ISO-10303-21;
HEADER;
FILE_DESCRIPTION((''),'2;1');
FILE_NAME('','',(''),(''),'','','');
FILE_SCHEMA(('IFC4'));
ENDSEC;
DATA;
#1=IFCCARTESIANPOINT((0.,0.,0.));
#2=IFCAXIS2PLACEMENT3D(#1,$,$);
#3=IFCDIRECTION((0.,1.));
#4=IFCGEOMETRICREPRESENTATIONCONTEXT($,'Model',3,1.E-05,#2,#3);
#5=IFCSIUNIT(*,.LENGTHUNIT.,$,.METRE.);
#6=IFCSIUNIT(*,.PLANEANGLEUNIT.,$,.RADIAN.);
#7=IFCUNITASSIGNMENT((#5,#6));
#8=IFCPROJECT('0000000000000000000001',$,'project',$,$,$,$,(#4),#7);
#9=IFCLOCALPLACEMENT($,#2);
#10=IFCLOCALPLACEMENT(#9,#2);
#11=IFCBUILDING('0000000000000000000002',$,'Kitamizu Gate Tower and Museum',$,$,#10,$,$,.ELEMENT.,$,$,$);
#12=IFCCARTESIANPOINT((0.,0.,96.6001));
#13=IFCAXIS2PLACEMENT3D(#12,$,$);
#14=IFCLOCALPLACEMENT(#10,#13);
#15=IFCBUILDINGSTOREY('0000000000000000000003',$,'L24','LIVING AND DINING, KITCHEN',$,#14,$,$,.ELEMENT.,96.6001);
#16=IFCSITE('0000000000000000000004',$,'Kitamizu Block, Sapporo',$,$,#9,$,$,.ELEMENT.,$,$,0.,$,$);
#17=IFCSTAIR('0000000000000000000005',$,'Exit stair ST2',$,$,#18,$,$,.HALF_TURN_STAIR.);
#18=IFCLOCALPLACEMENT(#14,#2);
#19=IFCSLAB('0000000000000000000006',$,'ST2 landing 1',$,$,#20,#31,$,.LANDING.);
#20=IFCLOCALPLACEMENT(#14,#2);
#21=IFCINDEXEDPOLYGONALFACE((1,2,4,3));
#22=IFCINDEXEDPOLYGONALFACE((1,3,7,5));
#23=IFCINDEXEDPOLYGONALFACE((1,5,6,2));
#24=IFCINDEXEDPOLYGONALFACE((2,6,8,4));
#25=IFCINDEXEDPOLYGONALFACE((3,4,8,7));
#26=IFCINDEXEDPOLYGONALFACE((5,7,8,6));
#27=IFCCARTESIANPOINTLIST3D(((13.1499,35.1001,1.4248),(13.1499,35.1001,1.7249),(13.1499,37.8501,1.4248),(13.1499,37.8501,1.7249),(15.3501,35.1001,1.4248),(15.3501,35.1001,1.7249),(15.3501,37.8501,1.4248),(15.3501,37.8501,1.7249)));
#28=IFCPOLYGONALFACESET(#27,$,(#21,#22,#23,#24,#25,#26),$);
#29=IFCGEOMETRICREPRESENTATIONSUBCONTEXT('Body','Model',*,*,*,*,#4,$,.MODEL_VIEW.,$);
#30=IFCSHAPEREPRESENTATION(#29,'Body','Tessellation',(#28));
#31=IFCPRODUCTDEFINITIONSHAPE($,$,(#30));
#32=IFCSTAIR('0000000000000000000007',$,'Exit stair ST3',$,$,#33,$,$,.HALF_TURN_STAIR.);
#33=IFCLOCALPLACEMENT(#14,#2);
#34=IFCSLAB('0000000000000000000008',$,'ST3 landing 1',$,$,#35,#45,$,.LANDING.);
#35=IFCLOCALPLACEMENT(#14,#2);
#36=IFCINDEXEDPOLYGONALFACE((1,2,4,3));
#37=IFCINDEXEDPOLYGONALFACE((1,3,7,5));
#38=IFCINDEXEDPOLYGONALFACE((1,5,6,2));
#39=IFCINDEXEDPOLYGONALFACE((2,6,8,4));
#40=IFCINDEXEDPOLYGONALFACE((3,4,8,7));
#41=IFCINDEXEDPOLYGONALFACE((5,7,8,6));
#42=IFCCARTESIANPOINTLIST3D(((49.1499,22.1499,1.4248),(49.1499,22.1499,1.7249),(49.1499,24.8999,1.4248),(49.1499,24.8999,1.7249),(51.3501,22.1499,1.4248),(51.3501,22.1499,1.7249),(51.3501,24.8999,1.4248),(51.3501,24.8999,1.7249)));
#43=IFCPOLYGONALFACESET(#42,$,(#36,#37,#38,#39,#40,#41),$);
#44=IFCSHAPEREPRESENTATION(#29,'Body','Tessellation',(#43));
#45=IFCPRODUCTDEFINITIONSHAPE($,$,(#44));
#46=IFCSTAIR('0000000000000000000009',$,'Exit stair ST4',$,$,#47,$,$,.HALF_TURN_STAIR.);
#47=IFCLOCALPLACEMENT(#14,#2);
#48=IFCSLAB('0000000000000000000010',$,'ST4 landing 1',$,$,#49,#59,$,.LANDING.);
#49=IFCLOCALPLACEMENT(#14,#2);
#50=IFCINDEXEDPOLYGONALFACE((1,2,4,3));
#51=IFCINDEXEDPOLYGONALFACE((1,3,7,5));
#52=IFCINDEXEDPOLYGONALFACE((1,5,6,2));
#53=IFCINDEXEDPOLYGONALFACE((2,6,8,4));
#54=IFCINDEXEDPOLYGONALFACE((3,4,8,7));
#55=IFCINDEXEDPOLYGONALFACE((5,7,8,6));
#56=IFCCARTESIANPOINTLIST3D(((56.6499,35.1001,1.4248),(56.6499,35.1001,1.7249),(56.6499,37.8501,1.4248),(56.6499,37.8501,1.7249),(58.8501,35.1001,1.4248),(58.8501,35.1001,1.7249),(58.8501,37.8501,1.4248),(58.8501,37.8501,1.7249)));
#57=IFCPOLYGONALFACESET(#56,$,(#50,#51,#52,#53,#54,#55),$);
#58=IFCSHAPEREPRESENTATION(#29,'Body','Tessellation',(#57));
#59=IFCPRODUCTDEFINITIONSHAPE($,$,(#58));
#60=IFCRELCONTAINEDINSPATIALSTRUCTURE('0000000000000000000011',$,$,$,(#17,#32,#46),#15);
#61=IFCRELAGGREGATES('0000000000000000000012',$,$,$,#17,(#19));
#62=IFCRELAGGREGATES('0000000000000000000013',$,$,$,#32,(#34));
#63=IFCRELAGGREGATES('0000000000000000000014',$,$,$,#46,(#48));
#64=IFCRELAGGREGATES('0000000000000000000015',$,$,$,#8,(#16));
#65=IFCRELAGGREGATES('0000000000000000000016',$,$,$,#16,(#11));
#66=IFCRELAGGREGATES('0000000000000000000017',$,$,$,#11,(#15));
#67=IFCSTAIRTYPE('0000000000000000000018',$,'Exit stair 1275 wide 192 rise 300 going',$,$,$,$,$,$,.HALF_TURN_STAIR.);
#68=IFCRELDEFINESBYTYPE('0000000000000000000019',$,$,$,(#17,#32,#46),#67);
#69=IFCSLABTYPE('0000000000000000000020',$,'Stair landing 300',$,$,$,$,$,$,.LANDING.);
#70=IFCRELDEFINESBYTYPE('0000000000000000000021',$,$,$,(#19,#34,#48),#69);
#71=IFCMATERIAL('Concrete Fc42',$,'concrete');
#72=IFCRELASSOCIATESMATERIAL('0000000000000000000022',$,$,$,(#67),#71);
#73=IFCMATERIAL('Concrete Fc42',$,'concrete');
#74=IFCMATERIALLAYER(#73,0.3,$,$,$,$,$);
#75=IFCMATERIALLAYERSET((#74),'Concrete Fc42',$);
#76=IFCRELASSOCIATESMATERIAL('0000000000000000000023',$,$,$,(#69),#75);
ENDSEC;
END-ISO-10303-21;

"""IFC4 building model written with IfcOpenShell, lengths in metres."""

from ifc_helpers import new_model, si_unit, direction, frame, origin, place, context, subcontext, project, spatial, polyline, outline, extrude, material, layer, layer_set, type_object, element, aggregate, save


model = new_model("IFC4")

# Units and contexts
model_context = context("Model", 3, precision=1e-05, world=origin(), true_north=direction((0.0, 1.0)))
body_context = subcontext(model_context, "Body", "Model", "MODEL_VIEW")
ifc_project = project(units=[si_unit("LENGTHUNIT", "METRE"), si_unit("PLANEANGLEUNIT", "RADIAN")], contexts=[model_context])

# Site, building, storey
site_placement = place(None, origin())
site = spatial("IfcSite", under=ifc_project, at=site_placement, Name="Kitamizu Block, Sapporo", CompositionType="ELEMENT", RefElevation=0.0)
building_placement = place(site_placement, origin())
building = spatial("IfcBuilding", under=site, at=building_placement, Name="Kitamizu Gate Tower and Museum", CompositionType="ELEMENT")
storey_placement = place(building_placement, frame((0.0, 0.0, 96.6001)))
storey = spatial("IfcBuildingStorey", under=building, at=storey_placement, Name="L24", Description="LIVING AND DINING, KITCHEN", CompositionType="ELEMENT", Elevation=96.6001)

# Stairs, slabs
ifc_material_1 = material(Name="Concrete Fc42", Category="concrete")
stair_type = type_object("IfcStairType", Name="Exit stair 1275 wide 192 rise 300 going", PredefinedType="HALF_TURN_STAIR", material=ifc_material_1)
ifc_material_2 = material(Name="Concrete Fc42", Category="concrete")
ifc_layer_1 = layer(ifc_material_2, 0.3)
ifc_layer_set_1 = layer_set([ifc_layer_1], Name="Concrete Fc42")
slab_type_1 = type_object("IfcSlabType", Name="Stair landing 300", PredefinedType="LANDING", material=ifc_layer_set_1)
stair_1_placement = place(storey_placement, origin())
stair_1 = element("IfcStair", 1, at=stair_1_placement, inside=storey, type_object=stair_type, Name="Exit stair ST2", PredefinedType="HALF_TURN_STAIR")
slab_1_placement = place(storey_placement, frame((0.0, 0.0, 1.4248)))
slab_1 = element("IfcSlab", 2, at=slab_1_placement, type_object=slab_type_1, Name="ST2 landing 1", PredefinedType="LANDING", context=body_context, shape_type="SweptSolid", body=[
    extrude(outline(polyline([(13.1499, 35.1001), (15.3501, 35.1001), (15.3501, 37.8501), (13.1499, 37.8501), (13.1499, 35.1001)])), origin(), (0.0, 0.0, 1.0), 0.3),
])
aggregate(stair_1, [slab_1])
stair_2_placement = place(storey_placement, origin())
stair_2 = element("IfcStair", 3, at=stair_2_placement, inside=storey, type_object=stair_type, Name="Exit stair ST3", PredefinedType="HALF_TURN_STAIR")
slab_2_placement = place(storey_placement, frame((0.0, 0.0, 1.4248)))
slab_2 = element("IfcSlab", 4, at=slab_2_placement, type_object=slab_type_1, Name="ST3 landing 1", PredefinedType="LANDING", context=body_context, shape_type="SweptSolid", body=[
    extrude(outline(polyline([(49.1499, 22.1499), (51.3501, 22.1499), (51.3501, 24.8999), (49.1499, 24.8999), (49.1499, 22.1499)])), origin(), (0.0, 0.0, 1.0), 0.3),
])
aggregate(stair_2, [slab_2])
stair_3_placement = place(storey_placement, origin())
stair_3 = element("IfcStair", 5, at=stair_3_placement, inside=storey, type_object=stair_type, Name="Exit stair ST4", PredefinedType="HALF_TURN_STAIR")
slab_3_placement = place(storey_placement, frame((0.0, 0.0, 1.4248)))
slab_3 = element("IfcSlab", 6, at=slab_3_placement, type_object=slab_type_1, Name="ST4 landing 1", PredefinedType="LANDING", context=body_context, shape_type="SweptSolid", body=[
    extrude(outline(polyline([(56.6499, 35.1001), (58.8501, 35.1001), (58.8501, 37.8501), (56.6499, 37.8501), (56.6499, 35.1001)])), origin(), (0.0, 0.0, 1.0), 0.3),
])
aggregate(stair_3, [slab_3])

save(model, "model.ifc")
